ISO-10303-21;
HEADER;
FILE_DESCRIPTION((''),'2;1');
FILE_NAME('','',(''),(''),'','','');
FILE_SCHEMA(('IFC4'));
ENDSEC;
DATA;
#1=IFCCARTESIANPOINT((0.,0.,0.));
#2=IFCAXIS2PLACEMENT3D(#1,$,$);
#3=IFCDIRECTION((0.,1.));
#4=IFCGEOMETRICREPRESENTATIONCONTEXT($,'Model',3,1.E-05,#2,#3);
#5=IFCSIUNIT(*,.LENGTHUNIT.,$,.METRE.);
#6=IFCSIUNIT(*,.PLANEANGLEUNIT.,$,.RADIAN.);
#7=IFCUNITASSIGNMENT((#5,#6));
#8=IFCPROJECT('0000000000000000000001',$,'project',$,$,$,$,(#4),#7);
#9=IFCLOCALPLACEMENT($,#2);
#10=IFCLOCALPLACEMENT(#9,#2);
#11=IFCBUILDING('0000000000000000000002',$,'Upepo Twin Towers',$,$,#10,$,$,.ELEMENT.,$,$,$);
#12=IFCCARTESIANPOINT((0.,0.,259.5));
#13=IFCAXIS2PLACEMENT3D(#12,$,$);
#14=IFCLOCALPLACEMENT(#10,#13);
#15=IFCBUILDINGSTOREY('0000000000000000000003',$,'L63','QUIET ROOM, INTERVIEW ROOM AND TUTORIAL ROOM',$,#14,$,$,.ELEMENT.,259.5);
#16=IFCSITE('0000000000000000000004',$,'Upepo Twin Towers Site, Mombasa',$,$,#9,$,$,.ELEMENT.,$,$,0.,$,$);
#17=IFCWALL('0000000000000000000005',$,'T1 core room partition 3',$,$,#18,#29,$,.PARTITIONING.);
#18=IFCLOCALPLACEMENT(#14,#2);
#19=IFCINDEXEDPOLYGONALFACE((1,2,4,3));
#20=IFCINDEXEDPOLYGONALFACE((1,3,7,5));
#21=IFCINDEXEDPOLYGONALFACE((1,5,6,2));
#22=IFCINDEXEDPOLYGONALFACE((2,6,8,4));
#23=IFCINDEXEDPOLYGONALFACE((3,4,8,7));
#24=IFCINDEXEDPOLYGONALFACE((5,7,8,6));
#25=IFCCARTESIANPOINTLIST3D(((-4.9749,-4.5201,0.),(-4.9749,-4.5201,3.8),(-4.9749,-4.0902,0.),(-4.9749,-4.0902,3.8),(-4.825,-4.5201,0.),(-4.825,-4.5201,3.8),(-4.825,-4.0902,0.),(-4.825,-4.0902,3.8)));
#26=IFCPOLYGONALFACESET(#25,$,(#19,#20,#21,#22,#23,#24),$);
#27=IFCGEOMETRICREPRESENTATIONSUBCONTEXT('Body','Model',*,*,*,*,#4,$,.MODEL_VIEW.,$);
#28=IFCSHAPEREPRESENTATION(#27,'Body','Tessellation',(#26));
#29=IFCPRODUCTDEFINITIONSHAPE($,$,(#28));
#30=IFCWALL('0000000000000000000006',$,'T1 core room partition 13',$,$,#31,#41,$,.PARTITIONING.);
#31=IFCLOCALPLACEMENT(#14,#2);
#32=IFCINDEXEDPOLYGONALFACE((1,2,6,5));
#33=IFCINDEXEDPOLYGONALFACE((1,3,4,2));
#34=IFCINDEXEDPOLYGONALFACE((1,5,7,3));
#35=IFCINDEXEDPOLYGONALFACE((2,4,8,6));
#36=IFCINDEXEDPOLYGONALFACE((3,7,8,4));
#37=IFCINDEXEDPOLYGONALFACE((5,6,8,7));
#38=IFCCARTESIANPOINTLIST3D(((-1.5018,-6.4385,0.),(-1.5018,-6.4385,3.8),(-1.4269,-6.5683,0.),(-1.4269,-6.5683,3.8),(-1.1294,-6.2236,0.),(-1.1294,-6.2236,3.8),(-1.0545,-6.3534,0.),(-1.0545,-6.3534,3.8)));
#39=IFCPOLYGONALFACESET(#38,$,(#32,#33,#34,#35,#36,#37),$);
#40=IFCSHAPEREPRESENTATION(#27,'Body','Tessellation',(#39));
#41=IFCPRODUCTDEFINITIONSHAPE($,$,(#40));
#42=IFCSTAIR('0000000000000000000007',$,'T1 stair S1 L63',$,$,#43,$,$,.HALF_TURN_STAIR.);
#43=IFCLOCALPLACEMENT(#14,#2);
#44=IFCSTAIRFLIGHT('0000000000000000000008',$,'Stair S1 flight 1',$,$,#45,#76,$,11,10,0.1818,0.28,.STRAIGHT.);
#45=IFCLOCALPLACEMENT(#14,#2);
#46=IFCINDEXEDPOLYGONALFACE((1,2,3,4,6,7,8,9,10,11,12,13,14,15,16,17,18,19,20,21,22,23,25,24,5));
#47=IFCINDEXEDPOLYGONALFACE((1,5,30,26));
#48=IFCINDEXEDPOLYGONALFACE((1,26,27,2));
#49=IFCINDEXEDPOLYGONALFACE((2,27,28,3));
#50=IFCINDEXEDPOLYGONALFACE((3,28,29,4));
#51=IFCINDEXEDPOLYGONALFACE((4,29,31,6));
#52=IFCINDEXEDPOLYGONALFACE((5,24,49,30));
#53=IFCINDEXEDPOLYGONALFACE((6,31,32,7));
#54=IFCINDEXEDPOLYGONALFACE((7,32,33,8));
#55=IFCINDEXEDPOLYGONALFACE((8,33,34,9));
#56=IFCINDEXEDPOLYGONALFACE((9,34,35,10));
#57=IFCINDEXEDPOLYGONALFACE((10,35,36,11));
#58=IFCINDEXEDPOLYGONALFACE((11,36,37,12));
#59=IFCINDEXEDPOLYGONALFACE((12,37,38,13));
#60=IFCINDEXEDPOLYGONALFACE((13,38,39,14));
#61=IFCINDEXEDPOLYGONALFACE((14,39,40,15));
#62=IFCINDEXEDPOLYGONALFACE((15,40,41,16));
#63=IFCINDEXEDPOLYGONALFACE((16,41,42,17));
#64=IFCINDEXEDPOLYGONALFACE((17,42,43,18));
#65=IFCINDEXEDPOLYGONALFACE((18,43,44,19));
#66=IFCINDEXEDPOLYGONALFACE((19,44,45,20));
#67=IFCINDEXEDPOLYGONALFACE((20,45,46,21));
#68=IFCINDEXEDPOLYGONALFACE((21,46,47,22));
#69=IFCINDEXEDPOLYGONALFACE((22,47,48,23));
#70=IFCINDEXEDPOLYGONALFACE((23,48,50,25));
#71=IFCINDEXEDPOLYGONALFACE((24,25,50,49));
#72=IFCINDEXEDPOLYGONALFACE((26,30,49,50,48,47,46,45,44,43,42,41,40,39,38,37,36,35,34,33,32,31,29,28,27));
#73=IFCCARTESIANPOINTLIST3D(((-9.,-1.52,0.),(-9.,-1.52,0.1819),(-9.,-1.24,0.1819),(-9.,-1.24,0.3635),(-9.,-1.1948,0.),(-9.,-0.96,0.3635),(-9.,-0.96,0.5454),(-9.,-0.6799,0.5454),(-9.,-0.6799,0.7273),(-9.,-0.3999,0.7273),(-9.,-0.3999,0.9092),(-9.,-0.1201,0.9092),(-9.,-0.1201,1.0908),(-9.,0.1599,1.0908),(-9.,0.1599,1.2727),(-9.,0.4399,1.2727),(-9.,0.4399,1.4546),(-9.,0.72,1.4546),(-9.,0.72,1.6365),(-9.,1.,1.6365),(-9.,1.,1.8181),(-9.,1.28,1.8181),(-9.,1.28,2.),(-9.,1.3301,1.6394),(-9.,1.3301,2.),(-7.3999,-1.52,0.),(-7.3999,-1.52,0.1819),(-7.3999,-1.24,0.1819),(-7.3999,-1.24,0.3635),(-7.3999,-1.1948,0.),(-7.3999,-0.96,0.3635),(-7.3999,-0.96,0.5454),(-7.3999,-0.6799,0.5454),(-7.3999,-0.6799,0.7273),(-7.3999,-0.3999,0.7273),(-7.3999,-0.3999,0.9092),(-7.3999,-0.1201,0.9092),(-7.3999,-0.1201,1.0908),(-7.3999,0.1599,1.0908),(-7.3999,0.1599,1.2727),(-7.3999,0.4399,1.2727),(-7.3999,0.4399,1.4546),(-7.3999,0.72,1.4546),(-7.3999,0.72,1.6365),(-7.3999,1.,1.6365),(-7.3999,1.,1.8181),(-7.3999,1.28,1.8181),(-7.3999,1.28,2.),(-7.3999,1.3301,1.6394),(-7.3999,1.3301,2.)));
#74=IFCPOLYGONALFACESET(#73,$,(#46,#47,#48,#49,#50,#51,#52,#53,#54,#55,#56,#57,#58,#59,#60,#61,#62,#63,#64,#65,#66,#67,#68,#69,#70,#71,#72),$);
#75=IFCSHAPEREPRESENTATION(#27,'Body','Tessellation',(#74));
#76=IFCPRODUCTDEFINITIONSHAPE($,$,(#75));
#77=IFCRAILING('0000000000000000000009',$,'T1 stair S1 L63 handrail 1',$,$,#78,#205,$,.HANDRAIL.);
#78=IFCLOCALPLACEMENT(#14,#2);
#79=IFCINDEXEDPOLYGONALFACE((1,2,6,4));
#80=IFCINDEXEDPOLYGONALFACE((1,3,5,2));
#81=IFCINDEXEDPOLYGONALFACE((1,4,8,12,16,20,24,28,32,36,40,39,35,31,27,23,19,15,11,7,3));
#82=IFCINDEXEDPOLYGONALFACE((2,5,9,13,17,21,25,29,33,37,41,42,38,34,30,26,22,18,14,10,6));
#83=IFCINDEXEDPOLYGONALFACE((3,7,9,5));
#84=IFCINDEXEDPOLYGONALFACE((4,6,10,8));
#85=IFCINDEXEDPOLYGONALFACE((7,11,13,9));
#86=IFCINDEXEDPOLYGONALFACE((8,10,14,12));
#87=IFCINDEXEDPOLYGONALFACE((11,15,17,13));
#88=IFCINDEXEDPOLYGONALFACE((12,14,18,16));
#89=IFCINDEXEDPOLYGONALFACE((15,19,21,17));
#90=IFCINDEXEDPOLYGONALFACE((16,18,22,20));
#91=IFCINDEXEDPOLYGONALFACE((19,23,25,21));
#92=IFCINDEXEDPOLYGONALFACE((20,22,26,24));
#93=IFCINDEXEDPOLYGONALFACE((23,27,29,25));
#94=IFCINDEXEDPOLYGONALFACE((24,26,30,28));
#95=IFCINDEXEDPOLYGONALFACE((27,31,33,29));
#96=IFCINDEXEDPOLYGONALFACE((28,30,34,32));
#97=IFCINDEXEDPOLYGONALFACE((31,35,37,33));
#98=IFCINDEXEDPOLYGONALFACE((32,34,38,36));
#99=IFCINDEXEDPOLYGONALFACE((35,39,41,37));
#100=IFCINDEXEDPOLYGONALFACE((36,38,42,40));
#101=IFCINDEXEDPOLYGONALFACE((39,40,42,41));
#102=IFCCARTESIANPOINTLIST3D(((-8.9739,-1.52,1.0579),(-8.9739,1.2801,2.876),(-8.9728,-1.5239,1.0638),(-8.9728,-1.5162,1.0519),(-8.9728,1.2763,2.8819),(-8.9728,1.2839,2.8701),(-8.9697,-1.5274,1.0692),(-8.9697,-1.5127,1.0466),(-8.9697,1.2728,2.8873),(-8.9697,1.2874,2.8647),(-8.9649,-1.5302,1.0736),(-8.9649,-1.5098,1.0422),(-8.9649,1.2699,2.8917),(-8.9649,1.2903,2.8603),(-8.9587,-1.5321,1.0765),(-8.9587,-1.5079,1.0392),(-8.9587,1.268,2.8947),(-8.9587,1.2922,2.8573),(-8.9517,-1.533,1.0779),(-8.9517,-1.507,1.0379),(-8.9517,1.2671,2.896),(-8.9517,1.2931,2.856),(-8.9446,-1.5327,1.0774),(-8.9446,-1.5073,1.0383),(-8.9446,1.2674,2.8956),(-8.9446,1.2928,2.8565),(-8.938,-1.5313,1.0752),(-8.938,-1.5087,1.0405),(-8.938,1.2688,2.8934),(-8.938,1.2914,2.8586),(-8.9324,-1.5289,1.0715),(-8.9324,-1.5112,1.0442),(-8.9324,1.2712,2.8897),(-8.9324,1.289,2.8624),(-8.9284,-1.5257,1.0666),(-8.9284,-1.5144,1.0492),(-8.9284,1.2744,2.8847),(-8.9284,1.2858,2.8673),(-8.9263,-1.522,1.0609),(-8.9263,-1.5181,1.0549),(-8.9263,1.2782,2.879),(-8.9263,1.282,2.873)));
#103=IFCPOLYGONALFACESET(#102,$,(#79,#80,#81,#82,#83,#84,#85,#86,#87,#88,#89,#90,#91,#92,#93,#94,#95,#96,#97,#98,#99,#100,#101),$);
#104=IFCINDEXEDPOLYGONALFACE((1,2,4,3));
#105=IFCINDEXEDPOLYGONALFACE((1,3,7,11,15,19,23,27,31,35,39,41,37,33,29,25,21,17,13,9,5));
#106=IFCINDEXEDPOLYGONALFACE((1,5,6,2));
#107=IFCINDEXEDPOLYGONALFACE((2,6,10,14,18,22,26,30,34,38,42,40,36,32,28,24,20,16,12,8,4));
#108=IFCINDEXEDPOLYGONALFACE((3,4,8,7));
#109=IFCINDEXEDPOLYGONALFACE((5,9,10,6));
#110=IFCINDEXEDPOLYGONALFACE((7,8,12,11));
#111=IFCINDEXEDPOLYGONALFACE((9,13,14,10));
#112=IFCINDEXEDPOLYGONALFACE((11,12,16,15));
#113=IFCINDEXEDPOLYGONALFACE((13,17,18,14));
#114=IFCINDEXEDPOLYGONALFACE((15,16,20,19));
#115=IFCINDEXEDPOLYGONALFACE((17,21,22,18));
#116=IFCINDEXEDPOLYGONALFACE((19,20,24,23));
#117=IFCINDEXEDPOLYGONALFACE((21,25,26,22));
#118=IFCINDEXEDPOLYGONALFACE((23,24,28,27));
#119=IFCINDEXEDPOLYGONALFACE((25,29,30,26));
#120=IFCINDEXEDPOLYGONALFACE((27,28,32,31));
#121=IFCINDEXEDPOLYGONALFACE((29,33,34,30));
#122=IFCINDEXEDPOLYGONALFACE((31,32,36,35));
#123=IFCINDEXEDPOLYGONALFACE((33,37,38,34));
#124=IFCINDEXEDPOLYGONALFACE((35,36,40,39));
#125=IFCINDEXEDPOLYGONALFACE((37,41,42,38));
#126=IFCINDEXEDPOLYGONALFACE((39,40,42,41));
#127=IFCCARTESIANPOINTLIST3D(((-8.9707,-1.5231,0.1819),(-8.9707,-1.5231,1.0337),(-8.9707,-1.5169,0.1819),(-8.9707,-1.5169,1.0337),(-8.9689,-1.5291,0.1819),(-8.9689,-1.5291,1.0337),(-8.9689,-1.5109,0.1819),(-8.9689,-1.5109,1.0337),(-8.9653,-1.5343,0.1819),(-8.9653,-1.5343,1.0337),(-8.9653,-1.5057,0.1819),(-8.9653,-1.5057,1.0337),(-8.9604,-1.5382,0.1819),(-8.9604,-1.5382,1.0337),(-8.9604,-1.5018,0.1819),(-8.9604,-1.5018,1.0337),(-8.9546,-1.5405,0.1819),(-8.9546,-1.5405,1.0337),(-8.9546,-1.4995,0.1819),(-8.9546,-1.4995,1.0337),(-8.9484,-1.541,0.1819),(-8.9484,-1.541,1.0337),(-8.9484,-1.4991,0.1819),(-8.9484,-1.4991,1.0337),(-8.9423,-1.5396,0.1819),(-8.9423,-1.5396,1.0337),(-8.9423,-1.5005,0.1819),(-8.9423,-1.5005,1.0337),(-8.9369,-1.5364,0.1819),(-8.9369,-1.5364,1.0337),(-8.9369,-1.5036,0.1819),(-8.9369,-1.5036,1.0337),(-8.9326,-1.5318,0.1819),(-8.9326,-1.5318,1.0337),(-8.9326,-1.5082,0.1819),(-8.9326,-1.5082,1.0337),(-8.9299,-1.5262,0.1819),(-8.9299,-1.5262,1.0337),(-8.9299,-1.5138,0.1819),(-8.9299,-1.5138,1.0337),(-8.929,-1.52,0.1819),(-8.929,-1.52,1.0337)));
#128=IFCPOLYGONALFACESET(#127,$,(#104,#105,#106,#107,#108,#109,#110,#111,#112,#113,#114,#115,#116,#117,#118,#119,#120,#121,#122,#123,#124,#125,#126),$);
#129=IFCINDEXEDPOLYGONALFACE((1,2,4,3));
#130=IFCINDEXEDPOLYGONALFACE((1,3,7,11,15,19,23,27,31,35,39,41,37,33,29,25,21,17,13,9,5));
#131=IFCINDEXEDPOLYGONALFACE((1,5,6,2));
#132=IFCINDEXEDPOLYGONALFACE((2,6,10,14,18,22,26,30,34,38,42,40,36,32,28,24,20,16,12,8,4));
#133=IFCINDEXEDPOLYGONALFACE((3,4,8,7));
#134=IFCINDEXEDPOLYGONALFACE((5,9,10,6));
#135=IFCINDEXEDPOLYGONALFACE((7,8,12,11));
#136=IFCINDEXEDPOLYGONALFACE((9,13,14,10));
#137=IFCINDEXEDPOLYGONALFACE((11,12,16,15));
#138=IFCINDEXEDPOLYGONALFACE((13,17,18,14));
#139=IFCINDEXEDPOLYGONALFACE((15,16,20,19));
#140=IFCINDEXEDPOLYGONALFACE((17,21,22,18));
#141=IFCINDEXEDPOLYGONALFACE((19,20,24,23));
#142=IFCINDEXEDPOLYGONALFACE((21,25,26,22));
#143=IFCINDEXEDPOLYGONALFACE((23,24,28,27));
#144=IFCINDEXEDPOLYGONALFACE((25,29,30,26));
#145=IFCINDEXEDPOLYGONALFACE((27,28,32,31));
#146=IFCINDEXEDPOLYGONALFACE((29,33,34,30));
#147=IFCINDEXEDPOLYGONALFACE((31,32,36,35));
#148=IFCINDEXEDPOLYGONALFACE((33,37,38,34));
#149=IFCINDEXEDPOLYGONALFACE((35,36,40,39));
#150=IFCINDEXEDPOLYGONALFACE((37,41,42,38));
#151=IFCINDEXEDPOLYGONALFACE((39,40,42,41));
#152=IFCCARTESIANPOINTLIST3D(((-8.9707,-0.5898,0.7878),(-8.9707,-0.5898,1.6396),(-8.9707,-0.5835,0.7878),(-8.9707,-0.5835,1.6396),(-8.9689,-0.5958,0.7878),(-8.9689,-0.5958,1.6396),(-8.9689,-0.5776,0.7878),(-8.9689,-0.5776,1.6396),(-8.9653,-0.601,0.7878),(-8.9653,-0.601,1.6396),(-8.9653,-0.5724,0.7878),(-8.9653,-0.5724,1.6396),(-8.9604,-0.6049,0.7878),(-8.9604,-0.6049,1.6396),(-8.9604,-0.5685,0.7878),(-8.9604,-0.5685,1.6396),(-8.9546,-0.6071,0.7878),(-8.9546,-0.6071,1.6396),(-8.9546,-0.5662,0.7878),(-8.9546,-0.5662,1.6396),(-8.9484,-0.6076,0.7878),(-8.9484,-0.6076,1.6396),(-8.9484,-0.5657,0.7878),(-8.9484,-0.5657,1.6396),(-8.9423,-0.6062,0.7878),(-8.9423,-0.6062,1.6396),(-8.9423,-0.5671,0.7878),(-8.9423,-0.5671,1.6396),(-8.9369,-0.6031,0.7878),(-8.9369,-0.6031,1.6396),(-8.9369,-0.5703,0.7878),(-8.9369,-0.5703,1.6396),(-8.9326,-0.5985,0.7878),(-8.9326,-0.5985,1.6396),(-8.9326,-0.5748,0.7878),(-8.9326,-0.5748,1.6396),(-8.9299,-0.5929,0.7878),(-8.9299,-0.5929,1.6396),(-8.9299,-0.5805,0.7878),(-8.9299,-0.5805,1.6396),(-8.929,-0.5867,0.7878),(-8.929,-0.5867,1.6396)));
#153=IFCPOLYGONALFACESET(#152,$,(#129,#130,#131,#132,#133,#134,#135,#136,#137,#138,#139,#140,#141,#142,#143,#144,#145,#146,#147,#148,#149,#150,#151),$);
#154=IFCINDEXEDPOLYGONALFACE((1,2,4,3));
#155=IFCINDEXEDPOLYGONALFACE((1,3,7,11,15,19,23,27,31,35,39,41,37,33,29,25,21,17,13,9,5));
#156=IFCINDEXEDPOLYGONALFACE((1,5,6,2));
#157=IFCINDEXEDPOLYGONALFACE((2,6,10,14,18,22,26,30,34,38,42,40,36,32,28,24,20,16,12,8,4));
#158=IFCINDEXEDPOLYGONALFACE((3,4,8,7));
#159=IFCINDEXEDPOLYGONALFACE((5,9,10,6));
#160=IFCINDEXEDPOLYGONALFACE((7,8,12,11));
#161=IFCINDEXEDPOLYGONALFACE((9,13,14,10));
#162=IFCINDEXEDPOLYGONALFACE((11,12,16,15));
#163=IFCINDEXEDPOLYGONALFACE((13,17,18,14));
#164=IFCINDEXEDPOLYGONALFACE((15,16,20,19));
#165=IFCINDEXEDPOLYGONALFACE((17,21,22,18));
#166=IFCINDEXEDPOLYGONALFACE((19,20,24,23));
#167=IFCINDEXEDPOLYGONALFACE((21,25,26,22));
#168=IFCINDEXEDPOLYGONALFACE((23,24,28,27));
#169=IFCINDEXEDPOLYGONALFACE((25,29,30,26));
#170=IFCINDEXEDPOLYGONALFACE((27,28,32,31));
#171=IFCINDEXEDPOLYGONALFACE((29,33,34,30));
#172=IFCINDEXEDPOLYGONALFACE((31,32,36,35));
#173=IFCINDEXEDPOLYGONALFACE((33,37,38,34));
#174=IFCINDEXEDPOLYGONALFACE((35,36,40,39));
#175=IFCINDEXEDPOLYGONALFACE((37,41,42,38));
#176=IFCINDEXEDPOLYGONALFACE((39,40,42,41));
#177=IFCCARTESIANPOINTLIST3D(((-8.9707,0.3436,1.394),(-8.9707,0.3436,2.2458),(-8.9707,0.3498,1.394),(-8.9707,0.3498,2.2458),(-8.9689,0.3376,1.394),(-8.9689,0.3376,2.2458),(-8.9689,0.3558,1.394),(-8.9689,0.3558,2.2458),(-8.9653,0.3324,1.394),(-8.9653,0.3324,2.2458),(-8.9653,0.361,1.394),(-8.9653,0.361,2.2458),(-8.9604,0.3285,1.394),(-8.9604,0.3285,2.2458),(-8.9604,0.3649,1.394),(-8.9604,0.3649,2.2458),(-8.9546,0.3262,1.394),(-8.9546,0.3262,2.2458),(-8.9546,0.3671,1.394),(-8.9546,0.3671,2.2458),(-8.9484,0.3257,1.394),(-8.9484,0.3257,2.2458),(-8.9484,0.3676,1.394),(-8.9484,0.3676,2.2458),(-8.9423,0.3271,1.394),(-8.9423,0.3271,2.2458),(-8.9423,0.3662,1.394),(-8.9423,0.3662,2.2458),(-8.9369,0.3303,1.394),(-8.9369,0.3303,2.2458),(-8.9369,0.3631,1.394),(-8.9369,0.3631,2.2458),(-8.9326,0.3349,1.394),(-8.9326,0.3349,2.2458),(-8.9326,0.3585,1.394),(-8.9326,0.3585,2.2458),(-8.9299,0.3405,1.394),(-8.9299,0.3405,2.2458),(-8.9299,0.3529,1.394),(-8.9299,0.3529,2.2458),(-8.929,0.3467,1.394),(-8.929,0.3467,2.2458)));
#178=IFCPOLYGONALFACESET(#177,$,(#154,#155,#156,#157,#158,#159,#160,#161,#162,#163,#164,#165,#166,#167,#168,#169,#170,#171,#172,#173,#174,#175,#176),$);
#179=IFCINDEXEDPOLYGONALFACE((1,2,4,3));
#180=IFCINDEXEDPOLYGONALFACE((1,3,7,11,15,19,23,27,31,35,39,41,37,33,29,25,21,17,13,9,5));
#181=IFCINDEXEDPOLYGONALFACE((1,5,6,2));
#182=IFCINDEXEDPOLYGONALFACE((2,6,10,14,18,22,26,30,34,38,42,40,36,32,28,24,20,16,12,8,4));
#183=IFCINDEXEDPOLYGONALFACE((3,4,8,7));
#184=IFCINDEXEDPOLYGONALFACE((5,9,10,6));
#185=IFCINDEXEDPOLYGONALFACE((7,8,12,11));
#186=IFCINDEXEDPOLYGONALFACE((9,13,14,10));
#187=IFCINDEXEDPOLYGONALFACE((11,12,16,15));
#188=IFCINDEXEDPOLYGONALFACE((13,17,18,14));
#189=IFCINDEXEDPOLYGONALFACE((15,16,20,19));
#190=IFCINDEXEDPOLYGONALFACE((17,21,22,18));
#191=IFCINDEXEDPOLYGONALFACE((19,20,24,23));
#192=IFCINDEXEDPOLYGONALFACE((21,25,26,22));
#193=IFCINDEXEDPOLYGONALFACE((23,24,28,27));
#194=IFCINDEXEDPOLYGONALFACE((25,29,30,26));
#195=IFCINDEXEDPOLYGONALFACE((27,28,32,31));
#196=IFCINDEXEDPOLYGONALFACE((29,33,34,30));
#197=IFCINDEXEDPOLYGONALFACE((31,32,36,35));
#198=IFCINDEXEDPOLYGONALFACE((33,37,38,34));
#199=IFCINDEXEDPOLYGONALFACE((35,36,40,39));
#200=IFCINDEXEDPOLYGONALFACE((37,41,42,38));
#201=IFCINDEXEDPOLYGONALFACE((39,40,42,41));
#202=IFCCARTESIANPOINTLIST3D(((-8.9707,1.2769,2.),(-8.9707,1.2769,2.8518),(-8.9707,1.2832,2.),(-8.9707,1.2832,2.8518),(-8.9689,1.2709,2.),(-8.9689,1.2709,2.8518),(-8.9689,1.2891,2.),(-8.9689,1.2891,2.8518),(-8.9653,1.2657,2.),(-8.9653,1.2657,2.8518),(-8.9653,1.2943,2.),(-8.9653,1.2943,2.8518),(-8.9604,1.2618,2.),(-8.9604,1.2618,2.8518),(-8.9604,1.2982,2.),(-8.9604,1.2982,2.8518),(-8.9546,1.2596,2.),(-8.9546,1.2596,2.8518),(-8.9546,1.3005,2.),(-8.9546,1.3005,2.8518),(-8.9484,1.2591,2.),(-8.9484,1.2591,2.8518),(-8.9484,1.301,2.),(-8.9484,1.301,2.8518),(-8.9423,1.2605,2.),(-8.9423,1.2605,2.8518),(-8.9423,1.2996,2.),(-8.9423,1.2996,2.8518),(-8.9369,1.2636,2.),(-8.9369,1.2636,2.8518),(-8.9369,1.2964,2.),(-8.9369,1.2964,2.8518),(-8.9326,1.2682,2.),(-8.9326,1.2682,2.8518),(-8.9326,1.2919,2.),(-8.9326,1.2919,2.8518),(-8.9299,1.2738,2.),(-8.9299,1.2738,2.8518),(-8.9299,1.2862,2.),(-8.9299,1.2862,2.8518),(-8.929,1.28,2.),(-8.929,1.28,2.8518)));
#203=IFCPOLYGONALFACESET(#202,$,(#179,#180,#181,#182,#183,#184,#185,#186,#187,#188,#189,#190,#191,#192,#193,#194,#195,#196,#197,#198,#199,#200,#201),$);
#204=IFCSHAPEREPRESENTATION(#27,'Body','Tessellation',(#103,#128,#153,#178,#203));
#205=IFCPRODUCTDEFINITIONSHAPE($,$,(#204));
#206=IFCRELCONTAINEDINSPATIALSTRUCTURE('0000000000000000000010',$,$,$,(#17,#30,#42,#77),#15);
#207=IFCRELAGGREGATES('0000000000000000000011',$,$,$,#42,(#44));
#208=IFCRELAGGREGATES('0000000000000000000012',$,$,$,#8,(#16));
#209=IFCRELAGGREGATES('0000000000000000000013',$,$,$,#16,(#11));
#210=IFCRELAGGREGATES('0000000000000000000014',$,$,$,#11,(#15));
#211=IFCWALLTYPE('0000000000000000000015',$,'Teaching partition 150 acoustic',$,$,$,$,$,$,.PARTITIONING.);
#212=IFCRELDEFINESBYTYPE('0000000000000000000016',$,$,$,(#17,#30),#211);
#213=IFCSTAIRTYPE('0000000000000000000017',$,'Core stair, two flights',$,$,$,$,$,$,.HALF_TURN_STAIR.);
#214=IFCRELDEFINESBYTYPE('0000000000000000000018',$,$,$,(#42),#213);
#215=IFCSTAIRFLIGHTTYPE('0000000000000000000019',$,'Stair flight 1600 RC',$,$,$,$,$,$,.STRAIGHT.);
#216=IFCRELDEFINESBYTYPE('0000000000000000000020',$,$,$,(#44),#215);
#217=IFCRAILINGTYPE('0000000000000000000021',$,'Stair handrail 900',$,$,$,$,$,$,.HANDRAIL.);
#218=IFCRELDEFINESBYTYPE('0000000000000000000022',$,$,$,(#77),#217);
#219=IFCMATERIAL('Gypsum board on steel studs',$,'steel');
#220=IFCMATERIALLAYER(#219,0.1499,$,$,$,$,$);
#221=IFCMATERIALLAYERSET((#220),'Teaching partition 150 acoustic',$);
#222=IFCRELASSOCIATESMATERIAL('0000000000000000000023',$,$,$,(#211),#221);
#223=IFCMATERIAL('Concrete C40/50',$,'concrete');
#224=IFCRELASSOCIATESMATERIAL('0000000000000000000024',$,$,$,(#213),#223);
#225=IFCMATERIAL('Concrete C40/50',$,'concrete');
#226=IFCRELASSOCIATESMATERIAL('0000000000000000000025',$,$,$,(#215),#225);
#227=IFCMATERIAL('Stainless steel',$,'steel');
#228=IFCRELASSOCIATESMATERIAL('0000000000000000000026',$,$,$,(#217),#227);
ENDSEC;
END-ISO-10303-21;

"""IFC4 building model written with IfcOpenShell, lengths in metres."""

from ifc_helpers import new_model, si_unit, direction, frame, frame_2d, origin, origin_2d, place, context, subcontext, project, spatial, polyline, rectangle, circle, outline, extrude, material, layer, layer_set, type_object, element, aggregate, save


model = new_model("IFC4")

# Units and contexts
model_context = context("Model", 3, precision=1e-05, world=origin(), true_north=direction((0.0, 1.0)))
body_context = subcontext(model_context, "Body", "Model", "MODEL_VIEW")
ifc_project = project(units=[si_unit("LENGTHUNIT", "METRE"), si_unit("PLANEANGLEUNIT", "RADIAN")], contexts=[model_context])

# Site, building, storey
site_placement = place(None, origin())
site = spatial("IfcSite", under=ifc_project, at=site_placement, Name="Upepo Twin Towers Site, Mombasa", CompositionType="ELEMENT", RefElevation=0.0)
building_placement = place(site_placement, origin())
building = spatial("IfcBuilding", under=site, at=building_placement, Name="Upepo Twin Towers", CompositionType="ELEMENT")
storey_placement = place(building_placement, frame((0.0, 0.0, 259.5)))
storey = spatial("IfcBuildingStorey", under=building, at=storey_placement, Name="L63", Description="QUIET ROOM, INTERVIEW ROOM AND TUTORIAL ROOM", CompositionType="ELEMENT", Elevation=259.5)

# Shared definitions
ifc_material_1 = material(Name="Gypsum board on steel studs", Category="steel")
ifc_layer_1 = layer(ifc_material_1, 0.1499)
ifc_layer_set_1 = layer_set([ifc_layer_1], Name="Teaching partition 150 acoustic")
wall_type_1 = type_object("IfcWallType", Name="Teaching partition 150 acoustic", PredefinedType="PARTITIONING", material=ifc_layer_set_1)

# Walls
for number, where, z_axis, x_axis, name in (
    (1, (-4.8999, -4.52, 0.0), (0.0, 0.0, 1.0), (0.0, 1.0, 0.0), "T1 core room partition 3"),
    (2, (-1.092, -6.2886, 0.0), (0.0, 0.0, 1.0), (-0.866138, -0.499804, 0.0), "T1 core room partition 13"),
):
    element("IfcWall", number, at=place(storey_placement, frame(where, z_axis=z_axis, x_axis=x_axis)), inside=storey, type_object=wall_type_1, Name=name, PredefinedType="PARTITIONING", context=body_context, shape_type="SweptSolid", body=[
        extrude(rectangle(XDim=0.4299, YDim=0.1499, at=frame_2d((0.2148, 0.0))), origin(), (0.0, 0.0, 1.0), 3.8),
    ])

# Stair, stair flight
ifc_material_2 = material(Name="Concrete C40/50", Category="concrete")
stair_type = type_object("IfcStairType", Name="Core stair, two flights", PredefinedType="HALF_TURN_STAIR", material=ifc_material_2)
stair_placement = place(storey_placement, origin())
stair = element("IfcStair", 3, at=stair_placement, inside=storey, type_object=stair_type, Name="T1 stair S1 L63", PredefinedType="HALF_TURN_STAIR")
ifc_material_3 = material(Name="Concrete C40/50", Category="concrete")
stair_flight_type = type_object("IfcStairFlightType", Name="Stair flight 1600 RC", PredefinedType="STRAIGHT", material=ifc_material_3)
stair_flight_placement = place(storey_placement, frame((-8.2, -1.52, 0.0), z_axis=(0.0, 0.0, 1.0), x_axis=(0.0, 1.0, 0.0)))
stair_flight = element("IfcStairFlight", 4, at=stair_flight_placement, type_object=stair_flight_type, Name="Stair S1 flight 1", NumberOfRisers=11, NumberOfTreads=10, PredefinedType="STRAIGHT", RiserHeight=0.1818, TreadLength=0.28, context=body_context, shape_type="SweptSolid", body=[
    extrude(outline(polyline([(0.0, 0.0), (0.0, 0.1819), (0.28, 0.1819), (0.28, 0.3635), (0.5601, 0.3635), (0.5601, 0.5454), (0.8401, 0.5454), (0.8401, 0.7273), (1.1201, 0.7273), (1.1201, 0.9092), (1.3999, 0.9092), (1.3999, 1.0908), (1.6799, 1.0908), (1.6799, 1.2727), (1.96, 1.2727), (1.96, 1.4546), (2.24, 1.4546), (2.24, 1.6365), (2.52, 1.6365), (2.52, 1.8181), (2.8, 1.8181), (2.8, 2.0), (2.8501, 2.0), (2.8501, 1.6394), (0.3252, 0.0), (0.0, 0.0)])), frame((0.0, 0.8, 0.0), z_axis=(0.0, -1.0, 0.0), x_axis=(1.0, 0.0, 0.0)), (0.0, 0.0, 1.0), 1.6001),
])
aggregate(stair, [stair_flight])

# Railing
ifc_material_4 = material(Name="Stainless steel", Category="steel")
railing_type = type_object("IfcRailingType", Name="Stair handrail 900", PredefinedType="HANDRAIL", material=ifc_material_4)
railing_placement = place(storey_placement, frame((-8.95, -1.52, 0.1819)))
element("IfcRailing", 5, at=railing_placement, inside=storey, type_object=railing_type, Name="T1 stair S1 L63 handrail 1", PredefinedType="HANDRAIL", context=body_context, shape_type="SweptSolid", body=[
    extrude(circle(Radius=0.0239, at=origin_2d()), frame((0.0, 0.0, 0.876), z_axis=(0.0, 0.838706, 0.544585), x_axis=(-1.0, 0.0, 0.0)), (0.0, 0.0, 1.0), 3.3386),
    extrude(circle(Radius=0.021, at=origin_2d()), origin(), (0.0, 0.0, 1.0), 0.8518),
    extrude(circle(Radius=0.021, at=origin_2d()), frame((0.0, 0.9333, 0.606)), (0.0, 0.0, 1.0), 0.8518),
    extrude(circle(Radius=0.021, at=origin_2d()), frame((0.0, 1.8667, 1.2122)), (0.0, 0.0, 1.0), 0.8518),
    extrude(circle(Radius=0.021, at=origin_2d()), frame((0.0, 2.8, 1.8181)), (0.0, 0.0, 1.0), 0.8518),
])

save(model, "model.ifc")
